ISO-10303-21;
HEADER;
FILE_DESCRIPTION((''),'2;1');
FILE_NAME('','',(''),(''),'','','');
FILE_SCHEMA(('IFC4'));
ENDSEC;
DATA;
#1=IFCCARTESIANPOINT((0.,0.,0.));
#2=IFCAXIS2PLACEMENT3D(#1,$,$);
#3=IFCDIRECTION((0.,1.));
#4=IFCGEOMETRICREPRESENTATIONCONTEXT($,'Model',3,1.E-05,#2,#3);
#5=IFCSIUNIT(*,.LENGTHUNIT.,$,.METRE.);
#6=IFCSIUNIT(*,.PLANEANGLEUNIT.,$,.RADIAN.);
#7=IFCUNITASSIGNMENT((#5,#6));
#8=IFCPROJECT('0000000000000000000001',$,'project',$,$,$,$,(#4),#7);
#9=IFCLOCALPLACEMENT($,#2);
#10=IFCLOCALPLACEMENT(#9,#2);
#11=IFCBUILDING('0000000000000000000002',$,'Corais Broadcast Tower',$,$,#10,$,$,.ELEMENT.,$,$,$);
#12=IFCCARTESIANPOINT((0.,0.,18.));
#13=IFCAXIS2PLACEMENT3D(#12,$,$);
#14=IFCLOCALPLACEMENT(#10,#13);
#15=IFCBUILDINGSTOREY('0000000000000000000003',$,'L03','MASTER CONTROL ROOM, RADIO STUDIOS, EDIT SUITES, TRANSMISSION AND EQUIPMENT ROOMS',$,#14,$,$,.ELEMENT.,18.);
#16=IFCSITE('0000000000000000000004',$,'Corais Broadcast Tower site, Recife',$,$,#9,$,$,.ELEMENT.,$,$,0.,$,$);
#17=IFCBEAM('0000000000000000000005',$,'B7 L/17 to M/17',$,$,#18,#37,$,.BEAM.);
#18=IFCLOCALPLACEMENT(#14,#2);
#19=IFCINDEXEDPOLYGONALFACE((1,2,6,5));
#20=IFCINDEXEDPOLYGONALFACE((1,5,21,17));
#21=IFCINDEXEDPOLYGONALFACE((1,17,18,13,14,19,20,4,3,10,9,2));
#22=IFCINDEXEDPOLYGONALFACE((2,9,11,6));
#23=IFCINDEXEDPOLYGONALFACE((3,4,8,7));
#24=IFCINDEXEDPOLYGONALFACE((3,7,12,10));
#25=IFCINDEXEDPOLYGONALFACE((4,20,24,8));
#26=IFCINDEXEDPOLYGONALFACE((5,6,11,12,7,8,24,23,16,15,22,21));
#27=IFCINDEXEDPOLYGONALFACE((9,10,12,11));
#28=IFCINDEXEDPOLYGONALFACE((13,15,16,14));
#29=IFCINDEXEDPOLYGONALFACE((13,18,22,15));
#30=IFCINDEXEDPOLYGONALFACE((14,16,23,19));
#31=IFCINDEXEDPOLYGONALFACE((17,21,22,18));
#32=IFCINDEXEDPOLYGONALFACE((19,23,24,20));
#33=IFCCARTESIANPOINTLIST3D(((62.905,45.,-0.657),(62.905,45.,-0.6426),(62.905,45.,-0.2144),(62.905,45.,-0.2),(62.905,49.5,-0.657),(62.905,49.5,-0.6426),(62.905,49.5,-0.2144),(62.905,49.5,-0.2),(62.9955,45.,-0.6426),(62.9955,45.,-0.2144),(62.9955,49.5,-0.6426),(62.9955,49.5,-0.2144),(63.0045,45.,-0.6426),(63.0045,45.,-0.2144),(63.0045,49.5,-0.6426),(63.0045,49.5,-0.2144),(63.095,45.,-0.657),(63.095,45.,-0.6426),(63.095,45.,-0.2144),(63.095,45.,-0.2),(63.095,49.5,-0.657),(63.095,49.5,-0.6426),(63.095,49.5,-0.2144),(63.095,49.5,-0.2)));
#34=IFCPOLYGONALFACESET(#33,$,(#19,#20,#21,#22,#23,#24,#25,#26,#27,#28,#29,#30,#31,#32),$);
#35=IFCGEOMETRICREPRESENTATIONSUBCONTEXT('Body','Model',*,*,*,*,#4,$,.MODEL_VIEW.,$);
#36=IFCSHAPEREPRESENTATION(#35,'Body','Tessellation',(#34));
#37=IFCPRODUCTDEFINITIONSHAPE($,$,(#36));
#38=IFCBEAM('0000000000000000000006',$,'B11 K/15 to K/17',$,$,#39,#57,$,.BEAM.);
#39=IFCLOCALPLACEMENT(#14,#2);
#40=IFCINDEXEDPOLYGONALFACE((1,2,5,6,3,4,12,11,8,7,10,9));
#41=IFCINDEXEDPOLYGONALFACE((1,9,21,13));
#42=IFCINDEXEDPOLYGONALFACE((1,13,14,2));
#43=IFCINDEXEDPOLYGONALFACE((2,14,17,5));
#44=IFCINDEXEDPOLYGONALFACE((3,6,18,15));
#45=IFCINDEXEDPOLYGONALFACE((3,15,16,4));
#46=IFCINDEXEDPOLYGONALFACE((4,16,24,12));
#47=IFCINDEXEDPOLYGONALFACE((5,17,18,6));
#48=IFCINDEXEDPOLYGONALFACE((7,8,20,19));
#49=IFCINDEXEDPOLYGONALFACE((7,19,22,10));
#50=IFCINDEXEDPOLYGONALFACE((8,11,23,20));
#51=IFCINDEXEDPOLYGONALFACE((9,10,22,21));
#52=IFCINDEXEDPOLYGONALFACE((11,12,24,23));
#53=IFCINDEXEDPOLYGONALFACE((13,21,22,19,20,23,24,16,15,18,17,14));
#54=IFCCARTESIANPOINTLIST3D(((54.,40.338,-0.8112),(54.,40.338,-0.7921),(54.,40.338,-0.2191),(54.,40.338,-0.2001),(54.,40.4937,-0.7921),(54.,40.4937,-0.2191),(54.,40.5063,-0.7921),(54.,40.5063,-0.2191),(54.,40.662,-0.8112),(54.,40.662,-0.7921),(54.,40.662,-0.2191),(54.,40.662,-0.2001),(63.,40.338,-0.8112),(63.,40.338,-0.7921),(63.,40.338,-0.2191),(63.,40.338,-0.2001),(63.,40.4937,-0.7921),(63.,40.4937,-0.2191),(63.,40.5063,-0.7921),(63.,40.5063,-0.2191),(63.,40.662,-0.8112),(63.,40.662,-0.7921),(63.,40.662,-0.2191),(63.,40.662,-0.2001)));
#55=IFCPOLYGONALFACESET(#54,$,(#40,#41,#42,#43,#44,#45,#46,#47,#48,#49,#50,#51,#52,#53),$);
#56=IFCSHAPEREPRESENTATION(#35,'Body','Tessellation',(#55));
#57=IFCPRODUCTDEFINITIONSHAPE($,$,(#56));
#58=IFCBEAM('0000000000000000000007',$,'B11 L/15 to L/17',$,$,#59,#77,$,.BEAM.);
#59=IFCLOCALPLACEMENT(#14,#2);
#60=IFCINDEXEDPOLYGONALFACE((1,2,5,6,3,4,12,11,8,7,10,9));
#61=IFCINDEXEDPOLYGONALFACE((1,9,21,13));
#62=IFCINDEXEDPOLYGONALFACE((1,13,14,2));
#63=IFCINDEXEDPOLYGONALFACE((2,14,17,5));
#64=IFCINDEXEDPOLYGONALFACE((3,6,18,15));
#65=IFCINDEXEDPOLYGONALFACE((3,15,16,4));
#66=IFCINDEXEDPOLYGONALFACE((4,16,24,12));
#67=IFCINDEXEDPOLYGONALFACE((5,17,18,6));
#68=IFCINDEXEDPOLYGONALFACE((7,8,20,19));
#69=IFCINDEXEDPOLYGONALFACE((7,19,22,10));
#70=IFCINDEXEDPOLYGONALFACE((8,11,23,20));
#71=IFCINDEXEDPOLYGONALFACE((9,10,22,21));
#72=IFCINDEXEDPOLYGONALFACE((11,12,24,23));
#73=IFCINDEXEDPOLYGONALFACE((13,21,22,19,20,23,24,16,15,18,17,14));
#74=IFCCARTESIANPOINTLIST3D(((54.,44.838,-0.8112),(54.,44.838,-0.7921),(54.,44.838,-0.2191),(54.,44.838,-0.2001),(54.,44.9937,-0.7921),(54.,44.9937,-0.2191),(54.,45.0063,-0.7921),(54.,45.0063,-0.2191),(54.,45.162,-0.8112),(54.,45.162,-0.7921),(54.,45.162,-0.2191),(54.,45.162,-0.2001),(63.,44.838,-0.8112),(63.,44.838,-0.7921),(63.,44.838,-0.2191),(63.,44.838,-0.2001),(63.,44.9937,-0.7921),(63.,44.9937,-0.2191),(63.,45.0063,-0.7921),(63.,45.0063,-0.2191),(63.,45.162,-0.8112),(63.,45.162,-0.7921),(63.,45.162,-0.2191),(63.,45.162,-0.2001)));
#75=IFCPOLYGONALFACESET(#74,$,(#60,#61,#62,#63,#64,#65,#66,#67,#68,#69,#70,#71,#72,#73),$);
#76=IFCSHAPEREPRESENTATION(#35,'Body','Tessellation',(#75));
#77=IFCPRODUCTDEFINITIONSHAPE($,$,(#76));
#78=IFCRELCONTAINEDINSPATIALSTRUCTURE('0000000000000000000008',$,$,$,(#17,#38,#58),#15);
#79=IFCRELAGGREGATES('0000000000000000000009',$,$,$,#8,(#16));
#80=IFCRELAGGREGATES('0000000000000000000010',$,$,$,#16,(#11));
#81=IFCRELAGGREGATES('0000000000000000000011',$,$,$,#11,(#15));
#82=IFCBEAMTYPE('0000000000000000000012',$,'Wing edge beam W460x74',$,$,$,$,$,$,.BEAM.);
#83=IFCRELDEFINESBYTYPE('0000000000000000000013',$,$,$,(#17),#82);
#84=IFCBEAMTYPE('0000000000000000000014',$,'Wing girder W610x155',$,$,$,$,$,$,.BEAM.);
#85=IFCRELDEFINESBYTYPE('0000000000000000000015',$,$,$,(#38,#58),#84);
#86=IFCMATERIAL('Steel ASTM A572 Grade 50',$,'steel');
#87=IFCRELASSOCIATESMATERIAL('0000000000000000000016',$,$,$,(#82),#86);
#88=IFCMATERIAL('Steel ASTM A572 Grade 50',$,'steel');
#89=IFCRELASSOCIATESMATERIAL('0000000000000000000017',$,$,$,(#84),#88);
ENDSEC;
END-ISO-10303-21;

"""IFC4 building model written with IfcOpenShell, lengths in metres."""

from ifc_helpers import new_model, si_unit, direction, frame, origin, origin_2d, place, context, subcontext, project, spatial, i_section, extrude, material, material_profile, profile_set, type_object, element, save


model = new_model("IFC4")

# Units and contexts
model_context = context("Model", 3, precision=1e-05, world=origin(), true_north=direction((0.0, 1.0)))
body_context = subcontext(model_context, "Body", "Model", "MODEL_VIEW")
ifc_project = project(units=[si_unit("LENGTHUNIT", "METRE"), si_unit("PLANEANGLEUNIT", "RADIAN")], contexts=[model_context])

# Site, building, storey
site_placement = place(None, origin())
site = spatial("IfcSite", under=ifc_project, at=site_placement, Name="Corais Broadcast Tower site, Recife", CompositionType="ELEMENT", RefElevation=0.0)
building_placement = place(site_placement, origin())
building = spatial("IfcBuilding", under=site, at=building_placement, Name="Corais Broadcast Tower", CompositionType="ELEMENT")
storey_placement = place(building_placement, frame((0.0, 0.0, 18.0)))
storey = spatial("IfcBuildingStorey", under=building, at=storey_placement, Name="L03", Description="MASTER CONTROL ROOM, RADIO STUDIOS, EDIT SUITES, TRANSMISSION AND EQUIPMENT ROOMS", CompositionType="ELEMENT", Elevation=18.0)

# Beams
ifc_material_1 = material(Name="Steel ASTM A572 Grade 50", Category="steel")
ifc_material_profile_1 = material_profile(ifc_material_1, i_section(OverallWidth=0.1899, OverallDepth=0.457, WebThickness=0.009, FlangeThickness=0.0144, at=origin_2d()), Name="W460x74")
ifc_profile_set_1 = profile_set([ifc_material_profile_1], Name="Steel ASTM A572 Grade 50")
beam_type_1 = type_object("IfcBeamType", Name="Wing edge beam W460x74", PredefinedType="BEAM", material=ifc_profile_set_1)
for number, where, z_axis, x_axis, name in (
    (1, (63.0, 45.0, -0.4285), (0.0, 1.0, 0.0), (-1.0, 0.0, 0.0), "B7 L/17 to M/17"),
):
    element("IfcBeam", number, at=place(storey_placement, frame(where, z_axis=z_axis, x_axis=x_axis)), inside=storey, type_object=beam_type_1, Name=name, PredefinedType="BEAM", context=body_context, shape_type="SweptSolid", body=[
        extrude(i_section(OverallWidth=0.1899, OverallDepth=0.457, WebThickness=0.009, FlangeThickness=0.0144, at=origin_2d()), origin(), (0.0, 0.0, 1.0), 4.5),
    ])
ifc_material_2 = material(Name="Steel ASTM A572 Grade 50", Category="steel")
ifc_material_profile_2 = material_profile(ifc_material_2, i_section(OverallWidth=0.324, OverallDepth=0.6111, WebThickness=0.0127, FlangeThickness=0.019, at=origin_2d()), Name="W610x155")
ifc_profile_set_2 = profile_set([ifc_material_profile_2], Name="Steel ASTM A572 Grade 50")
beam_type_2 = type_object("IfcBeamType", Name="Wing girder W610x155", PredefinedType="BEAM", material=ifc_profile_set_2)
for number, where, z_axis, x_axis, name in (
    (2, (54.0, 40.5, -0.5056), (1.0, 0.0, 0.0), (0.0, 1.0, 0.0), "B11 K/15 to K/17"),
    (3, (54.0, 45.0, -0.5056), (1.0, 0.0, 0.0), (0.0, 1.0, 0.0), "B11 L/15 to L/17"),
):
    element("IfcBeam", number, at=place(storey_placement, frame(where, z_axis=z_axis, x_axis=x_axis)), inside=storey, type_object=beam_type_2, Name=name, PredefinedType="BEAM", context=body_context, shape_type="SweptSolid", body=[
        extrude(i_section(OverallWidth=0.324, OverallDepth=0.6111, WebThickness=0.0127, FlangeThickness=0.019, at=origin_2d()), origin(), (0.0, 0.0, 1.0), 9.0),
    ])

save(model, "model.ifc")
